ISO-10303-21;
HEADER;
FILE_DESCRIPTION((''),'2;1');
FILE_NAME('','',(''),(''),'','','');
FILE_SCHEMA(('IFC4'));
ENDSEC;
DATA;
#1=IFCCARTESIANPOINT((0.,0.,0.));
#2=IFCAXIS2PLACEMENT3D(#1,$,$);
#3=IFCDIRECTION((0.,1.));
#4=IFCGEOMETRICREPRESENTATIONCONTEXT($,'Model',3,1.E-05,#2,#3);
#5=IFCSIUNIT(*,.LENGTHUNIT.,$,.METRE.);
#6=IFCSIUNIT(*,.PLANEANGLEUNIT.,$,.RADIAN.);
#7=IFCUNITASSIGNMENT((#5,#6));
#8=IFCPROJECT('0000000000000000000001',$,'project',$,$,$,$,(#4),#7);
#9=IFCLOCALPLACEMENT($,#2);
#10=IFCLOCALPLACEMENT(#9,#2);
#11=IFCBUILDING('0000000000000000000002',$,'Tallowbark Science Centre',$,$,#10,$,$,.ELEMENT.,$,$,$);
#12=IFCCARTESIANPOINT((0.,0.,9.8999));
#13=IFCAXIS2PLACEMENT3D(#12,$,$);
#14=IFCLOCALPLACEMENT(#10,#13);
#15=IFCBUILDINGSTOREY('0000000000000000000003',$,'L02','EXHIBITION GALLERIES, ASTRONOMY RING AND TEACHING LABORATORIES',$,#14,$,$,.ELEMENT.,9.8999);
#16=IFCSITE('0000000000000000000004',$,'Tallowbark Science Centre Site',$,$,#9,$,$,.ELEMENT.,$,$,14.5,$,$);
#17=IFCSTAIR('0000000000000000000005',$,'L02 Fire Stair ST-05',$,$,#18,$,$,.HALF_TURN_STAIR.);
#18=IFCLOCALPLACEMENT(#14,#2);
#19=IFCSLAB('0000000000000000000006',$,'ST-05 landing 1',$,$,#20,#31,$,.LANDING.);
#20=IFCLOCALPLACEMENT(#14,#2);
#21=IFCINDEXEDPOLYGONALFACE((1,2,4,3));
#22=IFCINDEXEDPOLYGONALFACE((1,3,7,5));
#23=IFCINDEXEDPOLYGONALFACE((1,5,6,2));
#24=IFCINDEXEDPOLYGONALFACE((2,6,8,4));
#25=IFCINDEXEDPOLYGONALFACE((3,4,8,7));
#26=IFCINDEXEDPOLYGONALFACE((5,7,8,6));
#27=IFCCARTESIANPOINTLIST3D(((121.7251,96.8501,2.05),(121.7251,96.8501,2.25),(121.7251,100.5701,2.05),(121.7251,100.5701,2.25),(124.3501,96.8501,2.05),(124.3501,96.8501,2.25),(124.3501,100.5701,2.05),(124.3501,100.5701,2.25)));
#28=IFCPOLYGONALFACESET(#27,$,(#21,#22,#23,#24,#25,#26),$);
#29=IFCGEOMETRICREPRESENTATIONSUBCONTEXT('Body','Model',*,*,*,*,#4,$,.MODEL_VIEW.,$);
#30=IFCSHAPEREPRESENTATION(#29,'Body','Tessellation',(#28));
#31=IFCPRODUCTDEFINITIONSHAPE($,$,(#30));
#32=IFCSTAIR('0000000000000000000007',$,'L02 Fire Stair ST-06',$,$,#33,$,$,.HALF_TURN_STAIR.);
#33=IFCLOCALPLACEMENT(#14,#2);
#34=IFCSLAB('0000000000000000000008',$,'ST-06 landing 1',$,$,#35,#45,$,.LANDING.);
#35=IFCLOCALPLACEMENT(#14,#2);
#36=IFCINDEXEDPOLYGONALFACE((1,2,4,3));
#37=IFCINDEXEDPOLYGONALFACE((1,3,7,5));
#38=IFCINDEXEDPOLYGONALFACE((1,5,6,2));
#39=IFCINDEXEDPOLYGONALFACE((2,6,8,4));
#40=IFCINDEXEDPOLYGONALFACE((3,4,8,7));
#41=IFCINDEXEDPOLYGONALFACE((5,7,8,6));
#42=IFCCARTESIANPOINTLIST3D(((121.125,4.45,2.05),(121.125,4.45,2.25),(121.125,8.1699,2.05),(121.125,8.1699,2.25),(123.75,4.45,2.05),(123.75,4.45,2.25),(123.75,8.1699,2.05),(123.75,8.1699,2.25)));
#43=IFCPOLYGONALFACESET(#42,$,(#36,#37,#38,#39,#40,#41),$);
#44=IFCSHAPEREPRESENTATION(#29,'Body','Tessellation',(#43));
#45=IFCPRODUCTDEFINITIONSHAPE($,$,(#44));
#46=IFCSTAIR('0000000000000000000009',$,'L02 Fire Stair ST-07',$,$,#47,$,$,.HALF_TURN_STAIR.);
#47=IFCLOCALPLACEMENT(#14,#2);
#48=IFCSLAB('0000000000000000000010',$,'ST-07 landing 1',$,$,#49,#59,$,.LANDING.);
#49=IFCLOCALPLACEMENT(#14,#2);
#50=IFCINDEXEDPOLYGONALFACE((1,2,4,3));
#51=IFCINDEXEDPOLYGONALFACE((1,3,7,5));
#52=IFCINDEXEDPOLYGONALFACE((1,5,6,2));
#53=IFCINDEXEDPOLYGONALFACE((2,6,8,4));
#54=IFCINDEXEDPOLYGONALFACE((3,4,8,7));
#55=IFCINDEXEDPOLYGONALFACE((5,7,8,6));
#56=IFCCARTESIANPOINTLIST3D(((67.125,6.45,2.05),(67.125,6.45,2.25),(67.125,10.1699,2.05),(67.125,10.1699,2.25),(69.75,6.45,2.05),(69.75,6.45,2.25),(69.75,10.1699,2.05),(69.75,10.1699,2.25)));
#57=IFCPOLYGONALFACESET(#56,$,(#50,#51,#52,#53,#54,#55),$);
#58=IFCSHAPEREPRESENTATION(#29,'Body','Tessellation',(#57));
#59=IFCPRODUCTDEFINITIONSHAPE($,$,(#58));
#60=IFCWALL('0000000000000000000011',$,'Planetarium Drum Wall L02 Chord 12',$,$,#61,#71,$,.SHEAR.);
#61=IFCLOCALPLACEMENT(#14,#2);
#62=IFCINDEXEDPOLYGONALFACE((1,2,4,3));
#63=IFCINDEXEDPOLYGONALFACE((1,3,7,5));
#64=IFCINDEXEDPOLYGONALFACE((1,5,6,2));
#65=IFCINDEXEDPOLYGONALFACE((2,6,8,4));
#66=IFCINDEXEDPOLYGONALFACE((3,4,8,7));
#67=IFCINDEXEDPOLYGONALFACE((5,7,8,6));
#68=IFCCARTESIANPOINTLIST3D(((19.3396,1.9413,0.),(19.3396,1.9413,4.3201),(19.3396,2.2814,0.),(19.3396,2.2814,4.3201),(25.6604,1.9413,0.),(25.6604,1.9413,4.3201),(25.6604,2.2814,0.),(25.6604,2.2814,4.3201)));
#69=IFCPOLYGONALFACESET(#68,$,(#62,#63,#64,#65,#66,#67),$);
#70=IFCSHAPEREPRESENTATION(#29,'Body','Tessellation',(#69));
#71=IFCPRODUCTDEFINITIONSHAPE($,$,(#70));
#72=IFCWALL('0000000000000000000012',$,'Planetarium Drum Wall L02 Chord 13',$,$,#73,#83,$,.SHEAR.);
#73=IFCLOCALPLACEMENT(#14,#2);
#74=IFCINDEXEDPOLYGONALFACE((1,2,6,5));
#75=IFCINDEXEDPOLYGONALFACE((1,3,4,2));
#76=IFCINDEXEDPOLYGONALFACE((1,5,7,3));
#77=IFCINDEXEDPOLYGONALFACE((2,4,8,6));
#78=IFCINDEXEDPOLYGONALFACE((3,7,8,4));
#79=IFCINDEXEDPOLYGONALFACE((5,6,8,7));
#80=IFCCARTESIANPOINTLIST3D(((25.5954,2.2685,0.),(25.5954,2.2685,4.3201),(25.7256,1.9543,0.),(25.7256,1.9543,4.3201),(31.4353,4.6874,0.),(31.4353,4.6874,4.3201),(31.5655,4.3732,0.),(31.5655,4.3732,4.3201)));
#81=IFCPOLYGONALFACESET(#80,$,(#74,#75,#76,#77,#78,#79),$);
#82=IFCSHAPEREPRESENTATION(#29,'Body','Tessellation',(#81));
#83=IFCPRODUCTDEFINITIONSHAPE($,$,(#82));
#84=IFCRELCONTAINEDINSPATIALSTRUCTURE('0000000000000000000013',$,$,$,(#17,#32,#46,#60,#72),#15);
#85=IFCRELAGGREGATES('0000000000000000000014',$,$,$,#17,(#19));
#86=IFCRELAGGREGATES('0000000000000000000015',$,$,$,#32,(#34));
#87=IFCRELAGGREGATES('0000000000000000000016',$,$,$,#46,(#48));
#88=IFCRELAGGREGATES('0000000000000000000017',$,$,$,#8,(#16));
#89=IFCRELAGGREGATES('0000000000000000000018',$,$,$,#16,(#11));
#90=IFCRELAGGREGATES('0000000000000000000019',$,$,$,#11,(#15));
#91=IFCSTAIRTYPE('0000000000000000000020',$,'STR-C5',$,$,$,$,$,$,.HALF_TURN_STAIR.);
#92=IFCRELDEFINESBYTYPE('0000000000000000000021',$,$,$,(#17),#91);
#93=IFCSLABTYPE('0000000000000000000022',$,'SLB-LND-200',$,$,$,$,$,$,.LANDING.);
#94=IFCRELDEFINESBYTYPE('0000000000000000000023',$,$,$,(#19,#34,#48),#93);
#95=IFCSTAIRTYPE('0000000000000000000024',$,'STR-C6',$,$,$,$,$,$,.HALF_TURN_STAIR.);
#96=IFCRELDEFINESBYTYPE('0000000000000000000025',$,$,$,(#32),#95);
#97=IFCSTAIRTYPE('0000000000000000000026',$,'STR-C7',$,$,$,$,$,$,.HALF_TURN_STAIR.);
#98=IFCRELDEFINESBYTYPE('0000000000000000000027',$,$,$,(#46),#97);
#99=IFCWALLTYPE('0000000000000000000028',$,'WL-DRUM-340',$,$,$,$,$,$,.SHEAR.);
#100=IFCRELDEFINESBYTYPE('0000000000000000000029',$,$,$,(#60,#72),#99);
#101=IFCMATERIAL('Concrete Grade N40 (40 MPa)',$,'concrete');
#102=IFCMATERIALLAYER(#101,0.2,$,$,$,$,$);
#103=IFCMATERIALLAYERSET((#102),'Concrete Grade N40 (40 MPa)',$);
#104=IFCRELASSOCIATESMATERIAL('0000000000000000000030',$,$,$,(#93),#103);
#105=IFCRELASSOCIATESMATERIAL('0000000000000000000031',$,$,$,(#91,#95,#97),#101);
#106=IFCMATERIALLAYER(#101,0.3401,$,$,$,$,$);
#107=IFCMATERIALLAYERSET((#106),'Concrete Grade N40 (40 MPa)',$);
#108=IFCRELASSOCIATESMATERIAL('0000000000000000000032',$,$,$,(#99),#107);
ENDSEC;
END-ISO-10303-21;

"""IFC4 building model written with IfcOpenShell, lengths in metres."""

from ifc_helpers import new_model, si_unit, direction, frame, frame_2d, origin, place, context, subcontext, project, spatial, polyline, rectangle, outline, extrude, material, layer, layer_set, type_object, element, aggregate, save


model = new_model("IFC4")

# Units and contexts
model_context = context("Model", 3, precision=1e-05, world=origin(), true_north=direction((0.0, 1.0)))
body_context = subcontext(model_context, "Body", "Model", "MODEL_VIEW")
ifc_project = project(units=[si_unit("LENGTHUNIT", "METRE"), si_unit("PLANEANGLEUNIT", "RADIAN")], contexts=[model_context])

# Site, building, storey
site_placement = place(None, origin())
site = spatial("IfcSite", under=ifc_project, at=site_placement, Name="Tallowbark Science Centre Site", CompositionType="ELEMENT", RefElevation=14.5)
building_placement = place(site_placement, origin())
building = spatial("IfcBuilding", under=site, at=building_placement, Name="Tallowbark Science Centre", CompositionType="ELEMENT")
storey_placement = place(building_placement, frame((0.0, 0.0, 9.8999)))
storey = spatial("IfcBuildingStorey", under=building, at=storey_placement, Name="L02", Description="EXHIBITION GALLERIES, ASTRONOMY RING AND TEACHING LABORATORIES", CompositionType="ELEMENT", Elevation=9.8999)

# Shared definitions
ifc_material_1 = material(Name="Concrete Grade N40 (40 MPa)", Category="concrete")

# Stairs, slabs
ifc_layer_1 = layer(ifc_material_1, 0.2)
ifc_layer_set_1 = layer_set([ifc_layer_1], Name="Concrete Grade N40 (40 MPa)")
slab_type_1 = type_object("IfcSlabType", Name="SLB-LND-200", PredefinedType="LANDING", material=ifc_layer_set_1)
stair_type_1 = type_object("IfcStairType", Name="STR-C5", PredefinedType="HALF_TURN_STAIR", material=ifc_material_1)
stair_1_placement = place(storey_placement, origin())
stair_1 = element("IfcStair", 1, at=stair_1_placement, inside=storey, type_object=stair_type_1, Name="L02 Fire Stair ST-05", PredefinedType="HALF_TURN_STAIR")
slab_1_placement = place(storey_placement, frame((0.0, 0.0, 2.05)))
slab_1 = element("IfcSlab", 2, at=slab_1_placement, type_object=slab_type_1, Name="ST-05 landing 1", PredefinedType="LANDING", context=body_context, shape_type="SweptSolid", body=[
    extrude(outline(polyline([(121.7251, 96.8501), (124.3501, 96.8501), (124.3501, 100.5701), (121.7251, 100.5701), (121.7251, 96.8501)])), origin(), (0.0, 0.0, 1.0), 0.2),
])
aggregate(stair_1, [slab_1])
stair_type_2 = type_object("IfcStairType", Name="STR-C6", PredefinedType="HALF_TURN_STAIR", material=ifc_material_1)
stair_2_placement = place(storey_placement, origin())
stair_2 = element("IfcStair", 3, at=stair_2_placement, inside=storey, type_object=stair_type_2, Name="L02 Fire Stair ST-06", PredefinedType="HALF_TURN_STAIR")
slab_2_placement = place(storey_placement, frame((0.0, 0.0, 2.05)))
slab_2 = element("IfcSlab", 4, at=slab_2_placement, type_object=slab_type_1, Name="ST-06 landing 1", PredefinedType="LANDING", context=body_context, shape_type="SweptSolid", body=[
    extrude(outline(polyline([(121.125, 4.45), (123.75, 4.45), (123.75, 8.1699), (121.125, 8.1699), (121.125, 4.45)])), origin(), (0.0, 0.0, 1.0), 0.2),
])
aggregate(stair_2, [slab_2])
stair_type_3 = type_object("IfcStairType", Name="STR-C7", PredefinedType="HALF_TURN_STAIR", material=ifc_material_1)
stair_3_placement = place(storey_placement, origin())
stair_3 = element("IfcStair", 5, at=stair_3_placement, inside=storey, type_object=stair_type_3, Name="L02 Fire Stair ST-07", PredefinedType="HALF_TURN_STAIR")
slab_3_placement = place(storey_placement, frame((0.0, 0.0, 2.05)))
slab_3 = element("IfcSlab", 6, at=slab_3_placement, type_object=slab_type_1, Name="ST-07 landing 1", PredefinedType="LANDING", context=body_context, shape_type="SweptSolid", body=[
    extrude(outline(polyline([(67.125, 6.45), (69.75, 6.45), (69.75, 10.1699), (67.125, 10.1699), (67.125, 6.45)])), origin(), (0.0, 0.0, 1.0), 0.2),
])
aggregate(stair_3, [slab_3])

# Walls
ifc_layer_2 = layer(ifc_material_1, 0.3401)
ifc_layer_set_2 = layer_set([ifc_layer_2], Name="Concrete Grade N40 (40 MPa)")
wall_type = type_object("IfcWallType", Name="WL-DRUM-340", PredefinedType="SHEAR", material=ifc_layer_set_2)
wall_1_placement = place(storey_placement, frame((19.3396, 2.1113, 0.0), z_axis=(0.0, 0.0, 1.0), x_axis=(1.0, 0.0, 0.0)))
element("IfcWall", 7, at=wall_1_placement, inside=storey, type_object=wall_type, Name="Planetarium Drum Wall L02 Chord 12", PredefinedType="SHEAR", context=body_context, shape_type="SweptSolid", body=[
    extrude(rectangle(XDim=6.3208, YDim=0.3401, at=frame_2d((3.1604, 0.0))), origin(), (0.0, 0.0, 1.0), 4.3201),
])
wall_2_placement = place(storey_placement, frame((25.6604, 2.1113, 0.0), z_axis=(0.0, 0.0, 1.0), x_axis=(0.923879, 0.382684, 0.0)))
element("IfcWall", 8, at=wall_2_placement, inside=storey, type_object=wall_type, Name="Planetarium Drum Wall L02 Chord 13", PredefinedType="SHEAR", context=body_context, shape_type="SweptSolid", body=[
    extrude(rectangle(XDim=6.321, YDim=0.3401, at=frame_2d((3.1606, 0.0))), origin(), (0.0, 0.0, 1.0), 4.3201),
])

save(model, "model.ifc")
